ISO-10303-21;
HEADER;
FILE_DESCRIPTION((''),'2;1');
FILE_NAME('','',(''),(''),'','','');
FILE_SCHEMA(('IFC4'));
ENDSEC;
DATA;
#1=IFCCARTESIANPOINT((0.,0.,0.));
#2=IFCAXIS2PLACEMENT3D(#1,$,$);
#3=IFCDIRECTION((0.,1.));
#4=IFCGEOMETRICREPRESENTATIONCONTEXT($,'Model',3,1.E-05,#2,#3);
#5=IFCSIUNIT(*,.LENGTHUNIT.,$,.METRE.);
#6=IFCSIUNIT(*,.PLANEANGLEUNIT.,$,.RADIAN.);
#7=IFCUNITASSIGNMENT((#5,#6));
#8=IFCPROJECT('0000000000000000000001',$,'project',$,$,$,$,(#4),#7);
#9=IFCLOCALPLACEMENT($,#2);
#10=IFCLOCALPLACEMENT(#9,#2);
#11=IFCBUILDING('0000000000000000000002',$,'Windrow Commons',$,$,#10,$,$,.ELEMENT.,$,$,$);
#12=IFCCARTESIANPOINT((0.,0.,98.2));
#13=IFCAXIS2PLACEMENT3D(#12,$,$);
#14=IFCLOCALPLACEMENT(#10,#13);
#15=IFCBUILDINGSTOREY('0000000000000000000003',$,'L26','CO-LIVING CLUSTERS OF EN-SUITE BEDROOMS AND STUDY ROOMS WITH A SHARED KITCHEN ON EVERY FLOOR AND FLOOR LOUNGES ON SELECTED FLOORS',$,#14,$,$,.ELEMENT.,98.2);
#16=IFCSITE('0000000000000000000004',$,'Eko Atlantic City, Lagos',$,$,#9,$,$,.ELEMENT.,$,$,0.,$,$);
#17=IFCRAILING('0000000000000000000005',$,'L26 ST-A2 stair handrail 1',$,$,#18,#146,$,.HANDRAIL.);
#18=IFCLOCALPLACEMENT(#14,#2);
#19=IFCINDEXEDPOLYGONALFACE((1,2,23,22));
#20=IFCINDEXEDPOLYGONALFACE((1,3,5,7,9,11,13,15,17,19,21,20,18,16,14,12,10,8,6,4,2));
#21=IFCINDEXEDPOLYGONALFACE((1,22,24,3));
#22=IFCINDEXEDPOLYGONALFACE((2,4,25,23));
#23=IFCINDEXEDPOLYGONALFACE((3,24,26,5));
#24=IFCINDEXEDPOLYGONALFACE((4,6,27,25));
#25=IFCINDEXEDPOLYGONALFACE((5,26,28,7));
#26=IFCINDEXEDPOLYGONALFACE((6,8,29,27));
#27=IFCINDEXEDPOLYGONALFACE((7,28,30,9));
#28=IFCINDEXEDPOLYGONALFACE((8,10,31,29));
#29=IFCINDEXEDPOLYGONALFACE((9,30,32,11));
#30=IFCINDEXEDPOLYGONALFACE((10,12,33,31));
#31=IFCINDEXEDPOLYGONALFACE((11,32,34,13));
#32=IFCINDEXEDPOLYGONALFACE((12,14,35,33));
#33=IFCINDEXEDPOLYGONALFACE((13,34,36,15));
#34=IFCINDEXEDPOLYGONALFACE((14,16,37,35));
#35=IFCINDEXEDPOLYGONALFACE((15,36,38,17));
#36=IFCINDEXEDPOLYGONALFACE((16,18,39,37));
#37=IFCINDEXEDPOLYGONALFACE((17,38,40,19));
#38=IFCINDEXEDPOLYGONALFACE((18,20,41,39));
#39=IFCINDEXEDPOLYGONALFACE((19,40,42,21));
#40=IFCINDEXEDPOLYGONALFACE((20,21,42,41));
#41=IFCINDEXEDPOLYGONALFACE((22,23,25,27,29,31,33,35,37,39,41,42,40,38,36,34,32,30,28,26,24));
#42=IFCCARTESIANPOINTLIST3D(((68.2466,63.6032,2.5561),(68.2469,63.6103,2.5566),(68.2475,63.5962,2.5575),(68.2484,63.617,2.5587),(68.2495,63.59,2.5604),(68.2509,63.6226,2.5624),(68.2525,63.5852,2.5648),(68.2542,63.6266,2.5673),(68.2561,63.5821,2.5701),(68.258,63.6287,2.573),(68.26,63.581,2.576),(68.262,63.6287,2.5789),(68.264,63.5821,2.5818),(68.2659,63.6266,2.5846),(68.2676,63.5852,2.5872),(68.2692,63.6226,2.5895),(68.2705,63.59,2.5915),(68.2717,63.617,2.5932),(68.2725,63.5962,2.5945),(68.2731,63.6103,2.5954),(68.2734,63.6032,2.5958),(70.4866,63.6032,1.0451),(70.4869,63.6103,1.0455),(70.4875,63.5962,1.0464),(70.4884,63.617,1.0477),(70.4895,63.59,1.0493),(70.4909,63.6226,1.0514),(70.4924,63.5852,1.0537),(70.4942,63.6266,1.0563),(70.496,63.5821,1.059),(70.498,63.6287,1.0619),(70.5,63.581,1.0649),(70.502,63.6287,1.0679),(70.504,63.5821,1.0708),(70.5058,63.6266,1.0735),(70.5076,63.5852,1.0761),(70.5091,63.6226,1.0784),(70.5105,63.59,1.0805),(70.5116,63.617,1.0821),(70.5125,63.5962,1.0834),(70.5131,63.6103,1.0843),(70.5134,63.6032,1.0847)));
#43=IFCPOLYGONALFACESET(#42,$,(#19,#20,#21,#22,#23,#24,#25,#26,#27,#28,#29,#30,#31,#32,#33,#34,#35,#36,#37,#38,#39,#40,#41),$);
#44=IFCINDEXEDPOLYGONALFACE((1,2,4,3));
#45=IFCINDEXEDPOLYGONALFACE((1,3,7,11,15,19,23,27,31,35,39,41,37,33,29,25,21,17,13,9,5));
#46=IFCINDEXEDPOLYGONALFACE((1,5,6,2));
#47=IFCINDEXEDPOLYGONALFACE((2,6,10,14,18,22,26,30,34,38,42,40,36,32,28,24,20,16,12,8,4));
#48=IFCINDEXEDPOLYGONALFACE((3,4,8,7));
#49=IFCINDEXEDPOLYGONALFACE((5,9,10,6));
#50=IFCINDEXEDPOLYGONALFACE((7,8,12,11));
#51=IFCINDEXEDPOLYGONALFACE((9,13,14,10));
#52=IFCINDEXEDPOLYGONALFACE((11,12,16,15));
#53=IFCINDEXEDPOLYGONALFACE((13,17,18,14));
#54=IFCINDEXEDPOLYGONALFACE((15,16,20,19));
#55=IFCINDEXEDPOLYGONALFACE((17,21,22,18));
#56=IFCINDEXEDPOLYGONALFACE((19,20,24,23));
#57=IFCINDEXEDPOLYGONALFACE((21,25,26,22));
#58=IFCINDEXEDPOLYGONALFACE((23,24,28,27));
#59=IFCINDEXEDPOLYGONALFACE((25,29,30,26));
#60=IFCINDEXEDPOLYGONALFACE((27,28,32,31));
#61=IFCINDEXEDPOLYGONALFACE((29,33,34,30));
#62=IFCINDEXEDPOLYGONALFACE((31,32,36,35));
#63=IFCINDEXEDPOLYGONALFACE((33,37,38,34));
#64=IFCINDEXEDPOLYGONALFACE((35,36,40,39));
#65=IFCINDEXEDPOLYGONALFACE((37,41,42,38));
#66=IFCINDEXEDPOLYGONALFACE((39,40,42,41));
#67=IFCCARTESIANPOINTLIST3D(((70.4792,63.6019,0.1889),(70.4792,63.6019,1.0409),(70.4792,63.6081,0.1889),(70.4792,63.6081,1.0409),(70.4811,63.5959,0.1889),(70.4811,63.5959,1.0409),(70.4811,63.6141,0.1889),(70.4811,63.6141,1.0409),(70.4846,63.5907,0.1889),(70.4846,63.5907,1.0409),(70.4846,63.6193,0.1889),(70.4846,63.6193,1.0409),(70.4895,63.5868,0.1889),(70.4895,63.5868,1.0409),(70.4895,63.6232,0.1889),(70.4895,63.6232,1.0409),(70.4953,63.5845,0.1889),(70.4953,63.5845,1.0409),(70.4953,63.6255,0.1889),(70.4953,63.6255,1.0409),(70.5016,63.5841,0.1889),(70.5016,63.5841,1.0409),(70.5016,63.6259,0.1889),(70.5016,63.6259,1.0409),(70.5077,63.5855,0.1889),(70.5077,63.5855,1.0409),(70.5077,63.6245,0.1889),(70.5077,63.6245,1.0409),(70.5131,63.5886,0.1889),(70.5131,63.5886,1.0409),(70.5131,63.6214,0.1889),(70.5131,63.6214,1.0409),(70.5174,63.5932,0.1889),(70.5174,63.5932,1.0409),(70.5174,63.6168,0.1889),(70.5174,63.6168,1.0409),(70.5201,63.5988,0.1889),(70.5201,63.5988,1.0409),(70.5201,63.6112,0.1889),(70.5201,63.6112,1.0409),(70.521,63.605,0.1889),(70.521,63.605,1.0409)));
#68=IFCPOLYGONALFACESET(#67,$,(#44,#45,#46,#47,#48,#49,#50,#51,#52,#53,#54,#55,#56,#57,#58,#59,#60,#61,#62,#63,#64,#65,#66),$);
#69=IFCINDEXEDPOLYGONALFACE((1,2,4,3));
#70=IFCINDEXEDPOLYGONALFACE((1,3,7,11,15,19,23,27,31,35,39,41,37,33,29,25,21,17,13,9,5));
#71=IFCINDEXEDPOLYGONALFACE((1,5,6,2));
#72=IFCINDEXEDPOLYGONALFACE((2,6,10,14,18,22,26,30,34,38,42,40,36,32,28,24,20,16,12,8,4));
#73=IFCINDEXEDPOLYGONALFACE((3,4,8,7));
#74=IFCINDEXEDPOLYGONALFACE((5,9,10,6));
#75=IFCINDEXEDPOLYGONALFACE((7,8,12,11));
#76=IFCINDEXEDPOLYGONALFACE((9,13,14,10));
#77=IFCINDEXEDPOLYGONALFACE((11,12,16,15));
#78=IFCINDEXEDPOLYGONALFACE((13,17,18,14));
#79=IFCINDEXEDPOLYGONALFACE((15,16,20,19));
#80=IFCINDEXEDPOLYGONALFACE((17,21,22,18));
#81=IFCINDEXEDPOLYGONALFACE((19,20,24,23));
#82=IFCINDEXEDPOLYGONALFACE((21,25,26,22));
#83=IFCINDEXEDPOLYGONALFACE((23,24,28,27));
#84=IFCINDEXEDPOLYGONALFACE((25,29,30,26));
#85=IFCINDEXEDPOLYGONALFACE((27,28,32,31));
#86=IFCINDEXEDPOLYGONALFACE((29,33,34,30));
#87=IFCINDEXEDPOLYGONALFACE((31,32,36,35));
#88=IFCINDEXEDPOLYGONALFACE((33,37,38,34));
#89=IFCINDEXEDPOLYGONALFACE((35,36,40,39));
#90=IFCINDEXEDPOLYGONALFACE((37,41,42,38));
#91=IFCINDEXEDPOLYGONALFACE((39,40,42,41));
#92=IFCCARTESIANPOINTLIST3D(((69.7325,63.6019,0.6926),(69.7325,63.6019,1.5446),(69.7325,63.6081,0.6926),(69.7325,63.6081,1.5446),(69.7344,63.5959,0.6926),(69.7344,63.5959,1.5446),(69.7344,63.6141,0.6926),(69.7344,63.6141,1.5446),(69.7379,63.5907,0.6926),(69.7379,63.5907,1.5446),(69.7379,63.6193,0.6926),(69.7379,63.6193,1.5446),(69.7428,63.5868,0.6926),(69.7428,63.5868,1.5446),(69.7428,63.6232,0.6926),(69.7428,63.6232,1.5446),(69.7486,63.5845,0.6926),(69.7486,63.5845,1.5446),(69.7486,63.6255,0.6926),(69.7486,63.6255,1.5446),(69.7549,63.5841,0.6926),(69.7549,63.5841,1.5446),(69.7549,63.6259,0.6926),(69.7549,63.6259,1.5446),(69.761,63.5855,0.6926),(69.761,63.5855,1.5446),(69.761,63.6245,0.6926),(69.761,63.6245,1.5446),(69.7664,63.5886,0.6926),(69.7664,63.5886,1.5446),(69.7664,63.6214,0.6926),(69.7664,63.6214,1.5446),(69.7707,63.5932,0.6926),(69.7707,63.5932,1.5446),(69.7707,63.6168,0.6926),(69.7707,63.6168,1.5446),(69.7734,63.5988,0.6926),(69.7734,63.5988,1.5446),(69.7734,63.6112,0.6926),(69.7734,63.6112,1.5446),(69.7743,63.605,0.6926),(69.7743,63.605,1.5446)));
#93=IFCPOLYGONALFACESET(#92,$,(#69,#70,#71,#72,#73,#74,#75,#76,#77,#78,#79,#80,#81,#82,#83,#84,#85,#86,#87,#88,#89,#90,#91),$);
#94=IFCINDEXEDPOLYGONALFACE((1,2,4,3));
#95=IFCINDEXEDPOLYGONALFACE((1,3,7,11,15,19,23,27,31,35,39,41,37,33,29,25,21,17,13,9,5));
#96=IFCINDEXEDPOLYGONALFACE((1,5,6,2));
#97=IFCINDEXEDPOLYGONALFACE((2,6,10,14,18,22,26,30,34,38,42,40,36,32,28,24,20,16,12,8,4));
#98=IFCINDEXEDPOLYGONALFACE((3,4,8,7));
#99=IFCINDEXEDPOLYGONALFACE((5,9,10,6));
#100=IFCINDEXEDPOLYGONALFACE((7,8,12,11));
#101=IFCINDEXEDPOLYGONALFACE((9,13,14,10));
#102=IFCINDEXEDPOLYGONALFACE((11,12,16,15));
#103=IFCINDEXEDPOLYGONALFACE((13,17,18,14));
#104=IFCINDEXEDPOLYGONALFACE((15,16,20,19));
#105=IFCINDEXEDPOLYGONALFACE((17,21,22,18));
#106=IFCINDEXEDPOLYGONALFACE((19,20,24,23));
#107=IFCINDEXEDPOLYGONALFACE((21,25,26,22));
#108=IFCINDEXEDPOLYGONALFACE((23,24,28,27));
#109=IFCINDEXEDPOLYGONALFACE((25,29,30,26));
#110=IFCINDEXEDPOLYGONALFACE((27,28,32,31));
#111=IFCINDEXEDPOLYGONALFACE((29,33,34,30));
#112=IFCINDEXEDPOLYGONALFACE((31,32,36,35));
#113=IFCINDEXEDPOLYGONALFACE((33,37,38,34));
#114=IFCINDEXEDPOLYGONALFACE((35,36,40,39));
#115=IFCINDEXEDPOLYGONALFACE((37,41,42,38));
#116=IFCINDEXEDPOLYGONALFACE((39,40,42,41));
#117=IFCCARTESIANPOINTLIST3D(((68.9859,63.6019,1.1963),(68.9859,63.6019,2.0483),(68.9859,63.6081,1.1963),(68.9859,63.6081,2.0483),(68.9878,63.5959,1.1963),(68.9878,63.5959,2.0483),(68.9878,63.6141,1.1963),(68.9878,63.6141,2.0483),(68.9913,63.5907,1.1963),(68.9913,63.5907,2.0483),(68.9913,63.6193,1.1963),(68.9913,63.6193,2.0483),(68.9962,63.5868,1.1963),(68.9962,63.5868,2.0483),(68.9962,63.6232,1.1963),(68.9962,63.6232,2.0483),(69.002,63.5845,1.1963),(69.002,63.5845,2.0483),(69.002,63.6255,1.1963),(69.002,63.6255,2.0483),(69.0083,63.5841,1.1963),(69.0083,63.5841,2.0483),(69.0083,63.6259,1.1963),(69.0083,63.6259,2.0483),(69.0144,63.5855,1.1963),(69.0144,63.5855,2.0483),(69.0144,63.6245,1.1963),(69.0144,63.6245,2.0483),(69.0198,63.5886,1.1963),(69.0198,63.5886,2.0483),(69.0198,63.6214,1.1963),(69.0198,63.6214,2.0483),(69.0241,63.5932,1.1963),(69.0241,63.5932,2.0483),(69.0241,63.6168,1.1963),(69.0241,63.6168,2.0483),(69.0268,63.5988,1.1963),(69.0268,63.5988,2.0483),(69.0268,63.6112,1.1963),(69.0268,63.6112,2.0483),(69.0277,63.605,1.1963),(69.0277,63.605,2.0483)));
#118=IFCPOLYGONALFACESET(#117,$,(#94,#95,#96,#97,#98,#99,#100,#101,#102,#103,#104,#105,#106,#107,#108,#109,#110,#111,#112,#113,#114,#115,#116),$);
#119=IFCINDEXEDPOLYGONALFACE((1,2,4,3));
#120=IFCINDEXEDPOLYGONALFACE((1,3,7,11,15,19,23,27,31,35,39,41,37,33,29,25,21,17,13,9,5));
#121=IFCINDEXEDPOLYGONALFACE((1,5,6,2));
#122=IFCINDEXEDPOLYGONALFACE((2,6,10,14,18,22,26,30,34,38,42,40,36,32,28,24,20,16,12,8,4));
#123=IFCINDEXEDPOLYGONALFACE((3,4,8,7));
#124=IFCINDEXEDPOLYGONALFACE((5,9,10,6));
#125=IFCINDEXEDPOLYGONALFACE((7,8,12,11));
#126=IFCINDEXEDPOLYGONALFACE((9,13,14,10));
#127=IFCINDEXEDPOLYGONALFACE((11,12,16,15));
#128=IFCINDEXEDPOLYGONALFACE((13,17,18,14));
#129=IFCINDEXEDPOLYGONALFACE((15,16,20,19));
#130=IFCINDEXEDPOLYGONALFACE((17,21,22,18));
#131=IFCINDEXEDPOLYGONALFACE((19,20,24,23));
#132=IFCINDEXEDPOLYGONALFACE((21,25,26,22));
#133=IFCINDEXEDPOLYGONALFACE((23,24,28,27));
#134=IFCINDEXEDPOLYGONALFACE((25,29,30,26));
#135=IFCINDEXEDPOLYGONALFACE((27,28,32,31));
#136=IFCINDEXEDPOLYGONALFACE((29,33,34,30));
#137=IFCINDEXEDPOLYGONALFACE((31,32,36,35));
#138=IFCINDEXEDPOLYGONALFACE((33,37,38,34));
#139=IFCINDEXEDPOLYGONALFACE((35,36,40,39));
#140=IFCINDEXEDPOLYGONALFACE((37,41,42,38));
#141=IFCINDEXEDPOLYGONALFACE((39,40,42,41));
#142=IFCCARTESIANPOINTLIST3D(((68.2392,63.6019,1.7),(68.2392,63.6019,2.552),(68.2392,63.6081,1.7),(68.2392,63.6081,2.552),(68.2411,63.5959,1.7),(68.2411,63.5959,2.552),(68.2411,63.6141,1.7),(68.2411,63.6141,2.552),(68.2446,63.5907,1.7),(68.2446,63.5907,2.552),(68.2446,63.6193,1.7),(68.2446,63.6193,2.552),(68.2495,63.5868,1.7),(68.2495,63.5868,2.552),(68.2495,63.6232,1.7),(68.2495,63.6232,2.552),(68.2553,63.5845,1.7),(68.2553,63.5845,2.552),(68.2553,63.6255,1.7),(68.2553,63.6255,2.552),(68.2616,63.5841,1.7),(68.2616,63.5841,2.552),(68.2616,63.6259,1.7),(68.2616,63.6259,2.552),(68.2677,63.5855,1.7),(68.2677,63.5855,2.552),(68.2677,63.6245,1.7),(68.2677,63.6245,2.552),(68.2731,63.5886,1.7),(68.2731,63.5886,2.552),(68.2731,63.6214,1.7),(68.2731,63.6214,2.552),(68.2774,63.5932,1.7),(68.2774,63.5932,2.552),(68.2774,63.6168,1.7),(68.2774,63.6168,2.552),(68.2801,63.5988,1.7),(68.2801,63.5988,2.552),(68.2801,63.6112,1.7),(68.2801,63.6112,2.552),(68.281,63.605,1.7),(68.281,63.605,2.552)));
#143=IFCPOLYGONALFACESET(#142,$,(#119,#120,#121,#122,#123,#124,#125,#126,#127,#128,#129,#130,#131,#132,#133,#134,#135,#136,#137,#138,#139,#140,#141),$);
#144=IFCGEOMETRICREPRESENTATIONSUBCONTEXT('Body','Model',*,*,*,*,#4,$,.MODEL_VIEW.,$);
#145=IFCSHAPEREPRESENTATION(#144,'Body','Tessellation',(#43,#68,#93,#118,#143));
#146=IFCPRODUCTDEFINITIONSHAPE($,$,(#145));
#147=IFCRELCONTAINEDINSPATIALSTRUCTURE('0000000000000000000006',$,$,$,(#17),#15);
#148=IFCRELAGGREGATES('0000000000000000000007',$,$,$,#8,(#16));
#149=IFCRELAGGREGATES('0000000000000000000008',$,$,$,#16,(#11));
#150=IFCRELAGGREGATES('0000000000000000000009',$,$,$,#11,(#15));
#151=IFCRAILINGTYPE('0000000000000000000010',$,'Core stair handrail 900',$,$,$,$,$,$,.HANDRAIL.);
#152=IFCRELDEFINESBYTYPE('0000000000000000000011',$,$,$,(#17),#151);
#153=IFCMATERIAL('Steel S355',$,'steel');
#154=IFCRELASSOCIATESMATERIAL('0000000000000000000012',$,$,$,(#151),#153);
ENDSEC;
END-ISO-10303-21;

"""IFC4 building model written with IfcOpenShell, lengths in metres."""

from ifc_helpers import new_model, si_unit, direction, frame, origin, origin_2d, place, context, subcontext, project, spatial, circle, extrude, material, type_object, element, save


model = new_model("IFC4")

# Units and contexts
model_context = context("Model", 3, precision=1e-05, world=origin(), true_north=direction((0.0, 1.0)))
body_context = subcontext(model_context, "Body", "Model", "MODEL_VIEW")
ifc_project = project(units=[si_unit("LENGTHUNIT", "METRE"), si_unit("PLANEANGLEUNIT", "RADIAN")], contexts=[model_context])

# Site, building, storey
site_placement = place(None, origin())
site = spatial("IfcSite", under=ifc_project, at=site_placement, Name="Eko Atlantic City, Lagos", CompositionType="ELEMENT", RefElevation=0.0)
building_placement = place(site_placement, origin())
building = spatial("IfcBuilding", under=site, at=building_placement, Name="Windrow Commons", CompositionType="ELEMENT")
storey_placement = place(building_placement, frame((0.0, 0.0, 98.2)))
storey = spatial("IfcBuildingStorey", under=building, at=storey_placement, Name="L26", Description="CO-LIVING CLUSTERS OF EN-SUITE BEDROOMS AND STUDY ROOMS WITH A SHARED KITCHEN ON EVERY FLOOR AND FLOOR LOUNGES ON SELECTED FLOORS", CompositionType="ELEMENT", Elevation=98.2)

# Railing
ifc_material_1 = material(Name="Steel S355", Category="steel")
railing_type_1 = type_object("IfcRailingType", Name="Core stair handrail 900", PredefinedType="HANDRAIL", material=ifc_material_1)
railing_1_placement = place(storey_placement, frame((70.5, 63.605, 0.1889)))
element("IfcRailing", 1, at=railing_1_placement, inside=storey, type_object=railing_type_1, Name="L26 ST-A2 stair handrail 1", PredefinedType="HANDRAIL", context=body_context, shape_type="SweptSolid", body=[
    extrude(circle(Radius=0.024, at=origin_2d()), frame((0.0, 0.0, 0.876), z_axis=(-0.829003, 0.0, 0.559244), x_axis=(0.0, -1.0, 0.0)), (0.0, 0.0, 1.0), 2.702),
    extrude(circle(Radius=0.021, at=origin_2d()), origin(), (0.0, 0.0, 1.0), 0.852),
    extrude(circle(Radius=0.021, at=origin_2d()), frame((-0.7467, 0.0, 0.5037)), (0.0, 0.0, 1.0), 0.852),
    extrude(circle(Radius=0.021, at=origin_2d()), frame((-1.4933, 0.0, 1.0074)), (0.0, 0.0, 1.0), 0.852),
    extrude(circle(Radius=0.021, at=origin_2d()), frame((-2.24, 0.0, 1.5111)), (0.0, 0.0, 1.0), 0.852),
])

save(model, "model.ifc")
